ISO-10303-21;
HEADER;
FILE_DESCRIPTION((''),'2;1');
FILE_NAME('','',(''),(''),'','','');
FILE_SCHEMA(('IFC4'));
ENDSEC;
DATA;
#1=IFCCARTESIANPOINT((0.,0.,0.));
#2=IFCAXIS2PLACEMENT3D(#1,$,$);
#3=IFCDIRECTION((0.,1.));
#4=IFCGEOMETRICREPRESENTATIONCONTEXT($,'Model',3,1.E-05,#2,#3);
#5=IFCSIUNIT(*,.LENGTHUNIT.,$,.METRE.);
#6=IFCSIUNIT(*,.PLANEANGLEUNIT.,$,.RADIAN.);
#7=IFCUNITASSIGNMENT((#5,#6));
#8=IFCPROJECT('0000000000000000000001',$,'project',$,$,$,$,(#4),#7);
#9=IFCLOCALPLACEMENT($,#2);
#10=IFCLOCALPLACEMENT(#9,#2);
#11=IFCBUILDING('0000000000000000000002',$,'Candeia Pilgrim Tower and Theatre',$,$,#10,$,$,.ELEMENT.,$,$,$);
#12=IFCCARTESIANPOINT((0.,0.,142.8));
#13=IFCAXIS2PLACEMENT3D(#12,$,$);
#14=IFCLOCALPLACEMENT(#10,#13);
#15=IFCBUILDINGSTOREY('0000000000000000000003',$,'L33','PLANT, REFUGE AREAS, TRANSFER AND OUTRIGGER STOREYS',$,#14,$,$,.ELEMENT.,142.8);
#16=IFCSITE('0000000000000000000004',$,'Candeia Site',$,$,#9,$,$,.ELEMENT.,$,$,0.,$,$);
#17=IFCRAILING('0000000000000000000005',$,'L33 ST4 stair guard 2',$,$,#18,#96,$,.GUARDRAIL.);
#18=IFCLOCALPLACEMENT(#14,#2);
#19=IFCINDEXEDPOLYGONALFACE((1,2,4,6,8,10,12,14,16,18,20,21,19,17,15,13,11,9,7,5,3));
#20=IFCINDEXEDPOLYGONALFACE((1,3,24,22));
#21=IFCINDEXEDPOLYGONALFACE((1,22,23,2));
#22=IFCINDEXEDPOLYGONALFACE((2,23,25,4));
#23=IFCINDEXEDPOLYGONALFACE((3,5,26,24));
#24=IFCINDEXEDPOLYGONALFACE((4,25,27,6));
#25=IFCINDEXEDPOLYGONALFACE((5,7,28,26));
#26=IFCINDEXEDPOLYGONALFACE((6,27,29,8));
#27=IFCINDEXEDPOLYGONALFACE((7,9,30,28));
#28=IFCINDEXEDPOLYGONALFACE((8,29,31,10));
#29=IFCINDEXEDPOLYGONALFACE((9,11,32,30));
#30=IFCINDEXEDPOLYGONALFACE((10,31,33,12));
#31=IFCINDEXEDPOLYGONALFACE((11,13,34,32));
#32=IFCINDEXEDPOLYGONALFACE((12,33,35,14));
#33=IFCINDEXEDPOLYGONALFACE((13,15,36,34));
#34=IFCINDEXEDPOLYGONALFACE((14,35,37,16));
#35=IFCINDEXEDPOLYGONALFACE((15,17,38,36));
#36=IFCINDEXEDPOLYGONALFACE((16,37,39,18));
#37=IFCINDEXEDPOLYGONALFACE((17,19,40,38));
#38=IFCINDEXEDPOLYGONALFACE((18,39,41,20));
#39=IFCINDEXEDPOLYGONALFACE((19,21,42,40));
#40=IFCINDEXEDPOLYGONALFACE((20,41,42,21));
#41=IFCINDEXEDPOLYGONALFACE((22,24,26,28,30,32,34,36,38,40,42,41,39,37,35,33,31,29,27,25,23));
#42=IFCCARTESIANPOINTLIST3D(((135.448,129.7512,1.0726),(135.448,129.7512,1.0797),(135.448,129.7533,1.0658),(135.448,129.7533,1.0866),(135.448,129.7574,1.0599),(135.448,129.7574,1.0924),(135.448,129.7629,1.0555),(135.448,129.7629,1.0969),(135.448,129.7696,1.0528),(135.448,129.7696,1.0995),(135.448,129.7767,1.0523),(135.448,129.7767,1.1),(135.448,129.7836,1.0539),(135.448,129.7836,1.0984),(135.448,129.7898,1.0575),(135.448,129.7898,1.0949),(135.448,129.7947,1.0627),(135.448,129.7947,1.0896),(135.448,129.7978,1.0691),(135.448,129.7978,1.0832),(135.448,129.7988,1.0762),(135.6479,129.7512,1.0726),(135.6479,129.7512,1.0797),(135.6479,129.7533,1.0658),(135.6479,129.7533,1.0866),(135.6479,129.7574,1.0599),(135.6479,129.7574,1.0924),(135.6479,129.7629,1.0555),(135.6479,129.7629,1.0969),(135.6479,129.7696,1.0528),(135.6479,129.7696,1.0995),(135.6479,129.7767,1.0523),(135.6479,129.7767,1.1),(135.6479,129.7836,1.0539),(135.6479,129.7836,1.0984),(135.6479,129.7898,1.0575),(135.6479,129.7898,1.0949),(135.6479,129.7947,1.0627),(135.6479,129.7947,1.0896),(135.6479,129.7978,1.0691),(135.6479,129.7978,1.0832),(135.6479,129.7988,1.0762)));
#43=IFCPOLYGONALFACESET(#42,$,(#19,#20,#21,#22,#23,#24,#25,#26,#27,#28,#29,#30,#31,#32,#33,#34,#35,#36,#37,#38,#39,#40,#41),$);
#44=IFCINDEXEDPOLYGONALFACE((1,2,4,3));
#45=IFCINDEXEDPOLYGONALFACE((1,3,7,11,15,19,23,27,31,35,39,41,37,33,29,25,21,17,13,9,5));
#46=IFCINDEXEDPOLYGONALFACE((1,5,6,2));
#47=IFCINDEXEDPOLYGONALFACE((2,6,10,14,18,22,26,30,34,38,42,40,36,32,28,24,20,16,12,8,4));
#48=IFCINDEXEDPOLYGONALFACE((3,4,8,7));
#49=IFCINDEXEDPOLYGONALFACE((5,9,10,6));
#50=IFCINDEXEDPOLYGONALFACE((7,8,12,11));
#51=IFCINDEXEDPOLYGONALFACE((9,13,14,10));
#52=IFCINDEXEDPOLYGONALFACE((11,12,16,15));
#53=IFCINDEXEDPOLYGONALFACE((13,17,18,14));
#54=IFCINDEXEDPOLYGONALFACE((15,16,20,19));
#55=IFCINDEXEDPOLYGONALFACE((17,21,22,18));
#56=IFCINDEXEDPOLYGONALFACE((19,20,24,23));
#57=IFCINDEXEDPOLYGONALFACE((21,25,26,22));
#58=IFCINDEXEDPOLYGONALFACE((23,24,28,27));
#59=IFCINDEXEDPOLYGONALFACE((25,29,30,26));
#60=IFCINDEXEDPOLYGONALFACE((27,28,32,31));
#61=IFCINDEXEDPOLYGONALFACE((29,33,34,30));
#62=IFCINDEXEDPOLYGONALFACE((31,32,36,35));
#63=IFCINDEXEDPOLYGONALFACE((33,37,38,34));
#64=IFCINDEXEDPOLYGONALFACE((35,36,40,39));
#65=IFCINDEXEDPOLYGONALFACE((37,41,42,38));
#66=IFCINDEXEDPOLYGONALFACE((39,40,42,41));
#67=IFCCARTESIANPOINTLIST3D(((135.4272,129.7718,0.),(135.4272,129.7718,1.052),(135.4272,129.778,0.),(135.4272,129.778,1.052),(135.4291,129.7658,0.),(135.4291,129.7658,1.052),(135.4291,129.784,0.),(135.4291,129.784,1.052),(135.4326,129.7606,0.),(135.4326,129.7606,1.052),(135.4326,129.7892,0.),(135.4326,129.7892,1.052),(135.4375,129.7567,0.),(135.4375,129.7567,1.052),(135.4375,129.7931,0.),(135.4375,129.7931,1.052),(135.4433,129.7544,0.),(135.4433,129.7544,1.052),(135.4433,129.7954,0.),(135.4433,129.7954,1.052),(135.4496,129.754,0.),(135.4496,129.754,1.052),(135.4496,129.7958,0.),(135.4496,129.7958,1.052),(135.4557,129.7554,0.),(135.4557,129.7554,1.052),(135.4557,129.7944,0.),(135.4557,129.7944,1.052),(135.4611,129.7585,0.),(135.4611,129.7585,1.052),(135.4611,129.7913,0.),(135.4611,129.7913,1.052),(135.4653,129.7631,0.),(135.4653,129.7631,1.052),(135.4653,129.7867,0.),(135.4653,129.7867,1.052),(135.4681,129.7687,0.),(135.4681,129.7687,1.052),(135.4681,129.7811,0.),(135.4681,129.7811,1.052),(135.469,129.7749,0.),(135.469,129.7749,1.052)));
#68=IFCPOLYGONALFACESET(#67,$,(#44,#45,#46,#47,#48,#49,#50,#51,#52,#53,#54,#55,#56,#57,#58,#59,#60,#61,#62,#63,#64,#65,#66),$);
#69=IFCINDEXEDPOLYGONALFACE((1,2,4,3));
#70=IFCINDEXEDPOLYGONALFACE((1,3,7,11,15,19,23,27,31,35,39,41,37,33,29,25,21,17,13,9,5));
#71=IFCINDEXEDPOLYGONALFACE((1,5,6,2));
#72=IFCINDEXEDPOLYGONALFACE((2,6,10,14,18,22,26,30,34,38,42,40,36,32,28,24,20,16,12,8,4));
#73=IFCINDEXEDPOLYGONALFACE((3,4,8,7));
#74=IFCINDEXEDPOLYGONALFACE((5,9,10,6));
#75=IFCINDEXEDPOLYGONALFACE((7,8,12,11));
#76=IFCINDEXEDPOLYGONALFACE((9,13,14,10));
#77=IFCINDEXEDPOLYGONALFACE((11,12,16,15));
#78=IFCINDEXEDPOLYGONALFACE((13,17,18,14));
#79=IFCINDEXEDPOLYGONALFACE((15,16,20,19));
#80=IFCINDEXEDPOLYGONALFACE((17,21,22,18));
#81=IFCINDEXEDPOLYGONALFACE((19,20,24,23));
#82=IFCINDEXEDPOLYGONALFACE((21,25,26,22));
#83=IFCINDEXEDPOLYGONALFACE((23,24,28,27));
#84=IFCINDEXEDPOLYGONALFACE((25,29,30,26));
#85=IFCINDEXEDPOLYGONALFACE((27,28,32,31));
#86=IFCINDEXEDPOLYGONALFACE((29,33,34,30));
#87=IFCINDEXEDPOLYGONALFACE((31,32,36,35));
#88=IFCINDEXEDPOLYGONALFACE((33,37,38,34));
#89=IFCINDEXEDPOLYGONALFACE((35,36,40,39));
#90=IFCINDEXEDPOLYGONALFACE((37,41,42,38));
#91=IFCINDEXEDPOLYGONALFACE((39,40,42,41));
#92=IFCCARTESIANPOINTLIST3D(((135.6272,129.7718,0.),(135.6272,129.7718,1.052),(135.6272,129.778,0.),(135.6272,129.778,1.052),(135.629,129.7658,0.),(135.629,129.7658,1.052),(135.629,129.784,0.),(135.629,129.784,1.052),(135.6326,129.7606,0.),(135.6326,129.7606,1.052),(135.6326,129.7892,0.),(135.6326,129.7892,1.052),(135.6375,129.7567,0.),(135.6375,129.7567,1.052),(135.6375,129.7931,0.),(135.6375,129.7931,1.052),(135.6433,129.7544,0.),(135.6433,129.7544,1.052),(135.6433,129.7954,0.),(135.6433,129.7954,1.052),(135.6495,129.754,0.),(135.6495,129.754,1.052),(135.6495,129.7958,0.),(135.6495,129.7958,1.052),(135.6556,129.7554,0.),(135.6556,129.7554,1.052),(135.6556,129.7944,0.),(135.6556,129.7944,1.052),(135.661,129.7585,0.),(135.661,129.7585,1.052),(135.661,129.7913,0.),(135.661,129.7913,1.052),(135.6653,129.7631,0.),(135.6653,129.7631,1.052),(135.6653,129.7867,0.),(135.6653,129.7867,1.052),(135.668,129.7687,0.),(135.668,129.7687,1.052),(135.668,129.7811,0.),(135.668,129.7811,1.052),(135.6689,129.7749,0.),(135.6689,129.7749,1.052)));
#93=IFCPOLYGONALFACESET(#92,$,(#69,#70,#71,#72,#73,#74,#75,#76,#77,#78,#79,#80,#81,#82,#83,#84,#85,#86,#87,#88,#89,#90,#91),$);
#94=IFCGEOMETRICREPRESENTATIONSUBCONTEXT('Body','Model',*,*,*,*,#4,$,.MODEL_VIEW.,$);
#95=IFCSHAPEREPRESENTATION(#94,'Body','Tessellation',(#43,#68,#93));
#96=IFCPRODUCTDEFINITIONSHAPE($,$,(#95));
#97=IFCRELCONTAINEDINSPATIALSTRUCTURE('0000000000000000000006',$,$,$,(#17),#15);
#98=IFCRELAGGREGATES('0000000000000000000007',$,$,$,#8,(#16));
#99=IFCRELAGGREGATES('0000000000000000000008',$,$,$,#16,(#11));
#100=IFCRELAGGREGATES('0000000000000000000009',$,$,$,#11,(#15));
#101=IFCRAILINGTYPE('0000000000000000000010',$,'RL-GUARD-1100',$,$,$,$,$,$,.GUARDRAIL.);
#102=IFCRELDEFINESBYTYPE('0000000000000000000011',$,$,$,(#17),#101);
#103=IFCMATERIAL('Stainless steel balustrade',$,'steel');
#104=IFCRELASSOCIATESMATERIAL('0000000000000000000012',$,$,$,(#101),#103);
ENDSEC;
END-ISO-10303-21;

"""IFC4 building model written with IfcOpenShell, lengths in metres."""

from ifc_helpers import new_model, si_unit, direction, frame, origin, origin_2d, place, context, subcontext, project, spatial, circle, extrude, material, type_object, element, save


model = new_model("IFC4")

# Units and contexts
model_context = context("Model", 3, precision=1e-05, world=origin(), true_north=direction((0.0, 1.0)))
body_context = subcontext(model_context, "Body", "Model", "MODEL_VIEW")
ifc_project = project(units=[si_unit("LENGTHUNIT", "METRE"), si_unit("PLANEANGLEUNIT", "RADIAN")], contexts=[model_context])

# Site, building, storey
site_placement = place(None, origin())
site = spatial("IfcSite", under=ifc_project, at=site_placement, Name="Candeia Site", CompositionType="ELEMENT", RefElevation=0.0)
building_placement = place(site_placement, origin())
building = spatial("IfcBuilding", under=site, at=building_placement, Name="Candeia Pilgrim Tower and Theatre", CompositionType="ELEMENT")
storey_placement = place(building_placement, frame((0.0, 0.0, 142.8)))
storey = spatial("IfcBuildingStorey", under=building, at=storey_placement, Name="L33", Description="PLANT, REFUGE AREAS, TRANSFER AND OUTRIGGER STOREYS", CompositionType="ELEMENT", Elevation=142.8)

# Railing
ifc_material_1 = material(Name="Stainless steel balustrade", Category="steel")
railing_type_1 = type_object("IfcRailingType", Name="RL-GUARD-1100", PredefinedType="GUARDRAIL", material=ifc_material_1)
railing_1_placement = place(storey_placement, frame((135.448, 129.7749, 0.0)))
element("IfcRailing", 1, at=railing_1_placement, inside=storey, type_object=railing_type_1, Name="L33 ST4 stair guard 2", PredefinedType="GUARDRAIL", context=body_context, shape_type="SweptSolid", body=[
    extrude(circle(Radius=0.0239, at=origin_2d()), frame((0.0, 0.0, 1.0762), z_axis=(1.0, 0.0, 0.0), x_axis=(0.0, 1.0, 0.0)), (0.0, 0.0, 1.0), 0.2),
    extrude(circle(Radius=0.021, at=origin_2d()), origin(), (0.0, 0.0, 1.0), 1.052),
    extrude(circle(Radius=0.021, at=origin_2d()), frame((0.2, 0.0, 0.0)), (0.0, 0.0, 1.0), 1.052),
])

save(model, "model.ifc")
